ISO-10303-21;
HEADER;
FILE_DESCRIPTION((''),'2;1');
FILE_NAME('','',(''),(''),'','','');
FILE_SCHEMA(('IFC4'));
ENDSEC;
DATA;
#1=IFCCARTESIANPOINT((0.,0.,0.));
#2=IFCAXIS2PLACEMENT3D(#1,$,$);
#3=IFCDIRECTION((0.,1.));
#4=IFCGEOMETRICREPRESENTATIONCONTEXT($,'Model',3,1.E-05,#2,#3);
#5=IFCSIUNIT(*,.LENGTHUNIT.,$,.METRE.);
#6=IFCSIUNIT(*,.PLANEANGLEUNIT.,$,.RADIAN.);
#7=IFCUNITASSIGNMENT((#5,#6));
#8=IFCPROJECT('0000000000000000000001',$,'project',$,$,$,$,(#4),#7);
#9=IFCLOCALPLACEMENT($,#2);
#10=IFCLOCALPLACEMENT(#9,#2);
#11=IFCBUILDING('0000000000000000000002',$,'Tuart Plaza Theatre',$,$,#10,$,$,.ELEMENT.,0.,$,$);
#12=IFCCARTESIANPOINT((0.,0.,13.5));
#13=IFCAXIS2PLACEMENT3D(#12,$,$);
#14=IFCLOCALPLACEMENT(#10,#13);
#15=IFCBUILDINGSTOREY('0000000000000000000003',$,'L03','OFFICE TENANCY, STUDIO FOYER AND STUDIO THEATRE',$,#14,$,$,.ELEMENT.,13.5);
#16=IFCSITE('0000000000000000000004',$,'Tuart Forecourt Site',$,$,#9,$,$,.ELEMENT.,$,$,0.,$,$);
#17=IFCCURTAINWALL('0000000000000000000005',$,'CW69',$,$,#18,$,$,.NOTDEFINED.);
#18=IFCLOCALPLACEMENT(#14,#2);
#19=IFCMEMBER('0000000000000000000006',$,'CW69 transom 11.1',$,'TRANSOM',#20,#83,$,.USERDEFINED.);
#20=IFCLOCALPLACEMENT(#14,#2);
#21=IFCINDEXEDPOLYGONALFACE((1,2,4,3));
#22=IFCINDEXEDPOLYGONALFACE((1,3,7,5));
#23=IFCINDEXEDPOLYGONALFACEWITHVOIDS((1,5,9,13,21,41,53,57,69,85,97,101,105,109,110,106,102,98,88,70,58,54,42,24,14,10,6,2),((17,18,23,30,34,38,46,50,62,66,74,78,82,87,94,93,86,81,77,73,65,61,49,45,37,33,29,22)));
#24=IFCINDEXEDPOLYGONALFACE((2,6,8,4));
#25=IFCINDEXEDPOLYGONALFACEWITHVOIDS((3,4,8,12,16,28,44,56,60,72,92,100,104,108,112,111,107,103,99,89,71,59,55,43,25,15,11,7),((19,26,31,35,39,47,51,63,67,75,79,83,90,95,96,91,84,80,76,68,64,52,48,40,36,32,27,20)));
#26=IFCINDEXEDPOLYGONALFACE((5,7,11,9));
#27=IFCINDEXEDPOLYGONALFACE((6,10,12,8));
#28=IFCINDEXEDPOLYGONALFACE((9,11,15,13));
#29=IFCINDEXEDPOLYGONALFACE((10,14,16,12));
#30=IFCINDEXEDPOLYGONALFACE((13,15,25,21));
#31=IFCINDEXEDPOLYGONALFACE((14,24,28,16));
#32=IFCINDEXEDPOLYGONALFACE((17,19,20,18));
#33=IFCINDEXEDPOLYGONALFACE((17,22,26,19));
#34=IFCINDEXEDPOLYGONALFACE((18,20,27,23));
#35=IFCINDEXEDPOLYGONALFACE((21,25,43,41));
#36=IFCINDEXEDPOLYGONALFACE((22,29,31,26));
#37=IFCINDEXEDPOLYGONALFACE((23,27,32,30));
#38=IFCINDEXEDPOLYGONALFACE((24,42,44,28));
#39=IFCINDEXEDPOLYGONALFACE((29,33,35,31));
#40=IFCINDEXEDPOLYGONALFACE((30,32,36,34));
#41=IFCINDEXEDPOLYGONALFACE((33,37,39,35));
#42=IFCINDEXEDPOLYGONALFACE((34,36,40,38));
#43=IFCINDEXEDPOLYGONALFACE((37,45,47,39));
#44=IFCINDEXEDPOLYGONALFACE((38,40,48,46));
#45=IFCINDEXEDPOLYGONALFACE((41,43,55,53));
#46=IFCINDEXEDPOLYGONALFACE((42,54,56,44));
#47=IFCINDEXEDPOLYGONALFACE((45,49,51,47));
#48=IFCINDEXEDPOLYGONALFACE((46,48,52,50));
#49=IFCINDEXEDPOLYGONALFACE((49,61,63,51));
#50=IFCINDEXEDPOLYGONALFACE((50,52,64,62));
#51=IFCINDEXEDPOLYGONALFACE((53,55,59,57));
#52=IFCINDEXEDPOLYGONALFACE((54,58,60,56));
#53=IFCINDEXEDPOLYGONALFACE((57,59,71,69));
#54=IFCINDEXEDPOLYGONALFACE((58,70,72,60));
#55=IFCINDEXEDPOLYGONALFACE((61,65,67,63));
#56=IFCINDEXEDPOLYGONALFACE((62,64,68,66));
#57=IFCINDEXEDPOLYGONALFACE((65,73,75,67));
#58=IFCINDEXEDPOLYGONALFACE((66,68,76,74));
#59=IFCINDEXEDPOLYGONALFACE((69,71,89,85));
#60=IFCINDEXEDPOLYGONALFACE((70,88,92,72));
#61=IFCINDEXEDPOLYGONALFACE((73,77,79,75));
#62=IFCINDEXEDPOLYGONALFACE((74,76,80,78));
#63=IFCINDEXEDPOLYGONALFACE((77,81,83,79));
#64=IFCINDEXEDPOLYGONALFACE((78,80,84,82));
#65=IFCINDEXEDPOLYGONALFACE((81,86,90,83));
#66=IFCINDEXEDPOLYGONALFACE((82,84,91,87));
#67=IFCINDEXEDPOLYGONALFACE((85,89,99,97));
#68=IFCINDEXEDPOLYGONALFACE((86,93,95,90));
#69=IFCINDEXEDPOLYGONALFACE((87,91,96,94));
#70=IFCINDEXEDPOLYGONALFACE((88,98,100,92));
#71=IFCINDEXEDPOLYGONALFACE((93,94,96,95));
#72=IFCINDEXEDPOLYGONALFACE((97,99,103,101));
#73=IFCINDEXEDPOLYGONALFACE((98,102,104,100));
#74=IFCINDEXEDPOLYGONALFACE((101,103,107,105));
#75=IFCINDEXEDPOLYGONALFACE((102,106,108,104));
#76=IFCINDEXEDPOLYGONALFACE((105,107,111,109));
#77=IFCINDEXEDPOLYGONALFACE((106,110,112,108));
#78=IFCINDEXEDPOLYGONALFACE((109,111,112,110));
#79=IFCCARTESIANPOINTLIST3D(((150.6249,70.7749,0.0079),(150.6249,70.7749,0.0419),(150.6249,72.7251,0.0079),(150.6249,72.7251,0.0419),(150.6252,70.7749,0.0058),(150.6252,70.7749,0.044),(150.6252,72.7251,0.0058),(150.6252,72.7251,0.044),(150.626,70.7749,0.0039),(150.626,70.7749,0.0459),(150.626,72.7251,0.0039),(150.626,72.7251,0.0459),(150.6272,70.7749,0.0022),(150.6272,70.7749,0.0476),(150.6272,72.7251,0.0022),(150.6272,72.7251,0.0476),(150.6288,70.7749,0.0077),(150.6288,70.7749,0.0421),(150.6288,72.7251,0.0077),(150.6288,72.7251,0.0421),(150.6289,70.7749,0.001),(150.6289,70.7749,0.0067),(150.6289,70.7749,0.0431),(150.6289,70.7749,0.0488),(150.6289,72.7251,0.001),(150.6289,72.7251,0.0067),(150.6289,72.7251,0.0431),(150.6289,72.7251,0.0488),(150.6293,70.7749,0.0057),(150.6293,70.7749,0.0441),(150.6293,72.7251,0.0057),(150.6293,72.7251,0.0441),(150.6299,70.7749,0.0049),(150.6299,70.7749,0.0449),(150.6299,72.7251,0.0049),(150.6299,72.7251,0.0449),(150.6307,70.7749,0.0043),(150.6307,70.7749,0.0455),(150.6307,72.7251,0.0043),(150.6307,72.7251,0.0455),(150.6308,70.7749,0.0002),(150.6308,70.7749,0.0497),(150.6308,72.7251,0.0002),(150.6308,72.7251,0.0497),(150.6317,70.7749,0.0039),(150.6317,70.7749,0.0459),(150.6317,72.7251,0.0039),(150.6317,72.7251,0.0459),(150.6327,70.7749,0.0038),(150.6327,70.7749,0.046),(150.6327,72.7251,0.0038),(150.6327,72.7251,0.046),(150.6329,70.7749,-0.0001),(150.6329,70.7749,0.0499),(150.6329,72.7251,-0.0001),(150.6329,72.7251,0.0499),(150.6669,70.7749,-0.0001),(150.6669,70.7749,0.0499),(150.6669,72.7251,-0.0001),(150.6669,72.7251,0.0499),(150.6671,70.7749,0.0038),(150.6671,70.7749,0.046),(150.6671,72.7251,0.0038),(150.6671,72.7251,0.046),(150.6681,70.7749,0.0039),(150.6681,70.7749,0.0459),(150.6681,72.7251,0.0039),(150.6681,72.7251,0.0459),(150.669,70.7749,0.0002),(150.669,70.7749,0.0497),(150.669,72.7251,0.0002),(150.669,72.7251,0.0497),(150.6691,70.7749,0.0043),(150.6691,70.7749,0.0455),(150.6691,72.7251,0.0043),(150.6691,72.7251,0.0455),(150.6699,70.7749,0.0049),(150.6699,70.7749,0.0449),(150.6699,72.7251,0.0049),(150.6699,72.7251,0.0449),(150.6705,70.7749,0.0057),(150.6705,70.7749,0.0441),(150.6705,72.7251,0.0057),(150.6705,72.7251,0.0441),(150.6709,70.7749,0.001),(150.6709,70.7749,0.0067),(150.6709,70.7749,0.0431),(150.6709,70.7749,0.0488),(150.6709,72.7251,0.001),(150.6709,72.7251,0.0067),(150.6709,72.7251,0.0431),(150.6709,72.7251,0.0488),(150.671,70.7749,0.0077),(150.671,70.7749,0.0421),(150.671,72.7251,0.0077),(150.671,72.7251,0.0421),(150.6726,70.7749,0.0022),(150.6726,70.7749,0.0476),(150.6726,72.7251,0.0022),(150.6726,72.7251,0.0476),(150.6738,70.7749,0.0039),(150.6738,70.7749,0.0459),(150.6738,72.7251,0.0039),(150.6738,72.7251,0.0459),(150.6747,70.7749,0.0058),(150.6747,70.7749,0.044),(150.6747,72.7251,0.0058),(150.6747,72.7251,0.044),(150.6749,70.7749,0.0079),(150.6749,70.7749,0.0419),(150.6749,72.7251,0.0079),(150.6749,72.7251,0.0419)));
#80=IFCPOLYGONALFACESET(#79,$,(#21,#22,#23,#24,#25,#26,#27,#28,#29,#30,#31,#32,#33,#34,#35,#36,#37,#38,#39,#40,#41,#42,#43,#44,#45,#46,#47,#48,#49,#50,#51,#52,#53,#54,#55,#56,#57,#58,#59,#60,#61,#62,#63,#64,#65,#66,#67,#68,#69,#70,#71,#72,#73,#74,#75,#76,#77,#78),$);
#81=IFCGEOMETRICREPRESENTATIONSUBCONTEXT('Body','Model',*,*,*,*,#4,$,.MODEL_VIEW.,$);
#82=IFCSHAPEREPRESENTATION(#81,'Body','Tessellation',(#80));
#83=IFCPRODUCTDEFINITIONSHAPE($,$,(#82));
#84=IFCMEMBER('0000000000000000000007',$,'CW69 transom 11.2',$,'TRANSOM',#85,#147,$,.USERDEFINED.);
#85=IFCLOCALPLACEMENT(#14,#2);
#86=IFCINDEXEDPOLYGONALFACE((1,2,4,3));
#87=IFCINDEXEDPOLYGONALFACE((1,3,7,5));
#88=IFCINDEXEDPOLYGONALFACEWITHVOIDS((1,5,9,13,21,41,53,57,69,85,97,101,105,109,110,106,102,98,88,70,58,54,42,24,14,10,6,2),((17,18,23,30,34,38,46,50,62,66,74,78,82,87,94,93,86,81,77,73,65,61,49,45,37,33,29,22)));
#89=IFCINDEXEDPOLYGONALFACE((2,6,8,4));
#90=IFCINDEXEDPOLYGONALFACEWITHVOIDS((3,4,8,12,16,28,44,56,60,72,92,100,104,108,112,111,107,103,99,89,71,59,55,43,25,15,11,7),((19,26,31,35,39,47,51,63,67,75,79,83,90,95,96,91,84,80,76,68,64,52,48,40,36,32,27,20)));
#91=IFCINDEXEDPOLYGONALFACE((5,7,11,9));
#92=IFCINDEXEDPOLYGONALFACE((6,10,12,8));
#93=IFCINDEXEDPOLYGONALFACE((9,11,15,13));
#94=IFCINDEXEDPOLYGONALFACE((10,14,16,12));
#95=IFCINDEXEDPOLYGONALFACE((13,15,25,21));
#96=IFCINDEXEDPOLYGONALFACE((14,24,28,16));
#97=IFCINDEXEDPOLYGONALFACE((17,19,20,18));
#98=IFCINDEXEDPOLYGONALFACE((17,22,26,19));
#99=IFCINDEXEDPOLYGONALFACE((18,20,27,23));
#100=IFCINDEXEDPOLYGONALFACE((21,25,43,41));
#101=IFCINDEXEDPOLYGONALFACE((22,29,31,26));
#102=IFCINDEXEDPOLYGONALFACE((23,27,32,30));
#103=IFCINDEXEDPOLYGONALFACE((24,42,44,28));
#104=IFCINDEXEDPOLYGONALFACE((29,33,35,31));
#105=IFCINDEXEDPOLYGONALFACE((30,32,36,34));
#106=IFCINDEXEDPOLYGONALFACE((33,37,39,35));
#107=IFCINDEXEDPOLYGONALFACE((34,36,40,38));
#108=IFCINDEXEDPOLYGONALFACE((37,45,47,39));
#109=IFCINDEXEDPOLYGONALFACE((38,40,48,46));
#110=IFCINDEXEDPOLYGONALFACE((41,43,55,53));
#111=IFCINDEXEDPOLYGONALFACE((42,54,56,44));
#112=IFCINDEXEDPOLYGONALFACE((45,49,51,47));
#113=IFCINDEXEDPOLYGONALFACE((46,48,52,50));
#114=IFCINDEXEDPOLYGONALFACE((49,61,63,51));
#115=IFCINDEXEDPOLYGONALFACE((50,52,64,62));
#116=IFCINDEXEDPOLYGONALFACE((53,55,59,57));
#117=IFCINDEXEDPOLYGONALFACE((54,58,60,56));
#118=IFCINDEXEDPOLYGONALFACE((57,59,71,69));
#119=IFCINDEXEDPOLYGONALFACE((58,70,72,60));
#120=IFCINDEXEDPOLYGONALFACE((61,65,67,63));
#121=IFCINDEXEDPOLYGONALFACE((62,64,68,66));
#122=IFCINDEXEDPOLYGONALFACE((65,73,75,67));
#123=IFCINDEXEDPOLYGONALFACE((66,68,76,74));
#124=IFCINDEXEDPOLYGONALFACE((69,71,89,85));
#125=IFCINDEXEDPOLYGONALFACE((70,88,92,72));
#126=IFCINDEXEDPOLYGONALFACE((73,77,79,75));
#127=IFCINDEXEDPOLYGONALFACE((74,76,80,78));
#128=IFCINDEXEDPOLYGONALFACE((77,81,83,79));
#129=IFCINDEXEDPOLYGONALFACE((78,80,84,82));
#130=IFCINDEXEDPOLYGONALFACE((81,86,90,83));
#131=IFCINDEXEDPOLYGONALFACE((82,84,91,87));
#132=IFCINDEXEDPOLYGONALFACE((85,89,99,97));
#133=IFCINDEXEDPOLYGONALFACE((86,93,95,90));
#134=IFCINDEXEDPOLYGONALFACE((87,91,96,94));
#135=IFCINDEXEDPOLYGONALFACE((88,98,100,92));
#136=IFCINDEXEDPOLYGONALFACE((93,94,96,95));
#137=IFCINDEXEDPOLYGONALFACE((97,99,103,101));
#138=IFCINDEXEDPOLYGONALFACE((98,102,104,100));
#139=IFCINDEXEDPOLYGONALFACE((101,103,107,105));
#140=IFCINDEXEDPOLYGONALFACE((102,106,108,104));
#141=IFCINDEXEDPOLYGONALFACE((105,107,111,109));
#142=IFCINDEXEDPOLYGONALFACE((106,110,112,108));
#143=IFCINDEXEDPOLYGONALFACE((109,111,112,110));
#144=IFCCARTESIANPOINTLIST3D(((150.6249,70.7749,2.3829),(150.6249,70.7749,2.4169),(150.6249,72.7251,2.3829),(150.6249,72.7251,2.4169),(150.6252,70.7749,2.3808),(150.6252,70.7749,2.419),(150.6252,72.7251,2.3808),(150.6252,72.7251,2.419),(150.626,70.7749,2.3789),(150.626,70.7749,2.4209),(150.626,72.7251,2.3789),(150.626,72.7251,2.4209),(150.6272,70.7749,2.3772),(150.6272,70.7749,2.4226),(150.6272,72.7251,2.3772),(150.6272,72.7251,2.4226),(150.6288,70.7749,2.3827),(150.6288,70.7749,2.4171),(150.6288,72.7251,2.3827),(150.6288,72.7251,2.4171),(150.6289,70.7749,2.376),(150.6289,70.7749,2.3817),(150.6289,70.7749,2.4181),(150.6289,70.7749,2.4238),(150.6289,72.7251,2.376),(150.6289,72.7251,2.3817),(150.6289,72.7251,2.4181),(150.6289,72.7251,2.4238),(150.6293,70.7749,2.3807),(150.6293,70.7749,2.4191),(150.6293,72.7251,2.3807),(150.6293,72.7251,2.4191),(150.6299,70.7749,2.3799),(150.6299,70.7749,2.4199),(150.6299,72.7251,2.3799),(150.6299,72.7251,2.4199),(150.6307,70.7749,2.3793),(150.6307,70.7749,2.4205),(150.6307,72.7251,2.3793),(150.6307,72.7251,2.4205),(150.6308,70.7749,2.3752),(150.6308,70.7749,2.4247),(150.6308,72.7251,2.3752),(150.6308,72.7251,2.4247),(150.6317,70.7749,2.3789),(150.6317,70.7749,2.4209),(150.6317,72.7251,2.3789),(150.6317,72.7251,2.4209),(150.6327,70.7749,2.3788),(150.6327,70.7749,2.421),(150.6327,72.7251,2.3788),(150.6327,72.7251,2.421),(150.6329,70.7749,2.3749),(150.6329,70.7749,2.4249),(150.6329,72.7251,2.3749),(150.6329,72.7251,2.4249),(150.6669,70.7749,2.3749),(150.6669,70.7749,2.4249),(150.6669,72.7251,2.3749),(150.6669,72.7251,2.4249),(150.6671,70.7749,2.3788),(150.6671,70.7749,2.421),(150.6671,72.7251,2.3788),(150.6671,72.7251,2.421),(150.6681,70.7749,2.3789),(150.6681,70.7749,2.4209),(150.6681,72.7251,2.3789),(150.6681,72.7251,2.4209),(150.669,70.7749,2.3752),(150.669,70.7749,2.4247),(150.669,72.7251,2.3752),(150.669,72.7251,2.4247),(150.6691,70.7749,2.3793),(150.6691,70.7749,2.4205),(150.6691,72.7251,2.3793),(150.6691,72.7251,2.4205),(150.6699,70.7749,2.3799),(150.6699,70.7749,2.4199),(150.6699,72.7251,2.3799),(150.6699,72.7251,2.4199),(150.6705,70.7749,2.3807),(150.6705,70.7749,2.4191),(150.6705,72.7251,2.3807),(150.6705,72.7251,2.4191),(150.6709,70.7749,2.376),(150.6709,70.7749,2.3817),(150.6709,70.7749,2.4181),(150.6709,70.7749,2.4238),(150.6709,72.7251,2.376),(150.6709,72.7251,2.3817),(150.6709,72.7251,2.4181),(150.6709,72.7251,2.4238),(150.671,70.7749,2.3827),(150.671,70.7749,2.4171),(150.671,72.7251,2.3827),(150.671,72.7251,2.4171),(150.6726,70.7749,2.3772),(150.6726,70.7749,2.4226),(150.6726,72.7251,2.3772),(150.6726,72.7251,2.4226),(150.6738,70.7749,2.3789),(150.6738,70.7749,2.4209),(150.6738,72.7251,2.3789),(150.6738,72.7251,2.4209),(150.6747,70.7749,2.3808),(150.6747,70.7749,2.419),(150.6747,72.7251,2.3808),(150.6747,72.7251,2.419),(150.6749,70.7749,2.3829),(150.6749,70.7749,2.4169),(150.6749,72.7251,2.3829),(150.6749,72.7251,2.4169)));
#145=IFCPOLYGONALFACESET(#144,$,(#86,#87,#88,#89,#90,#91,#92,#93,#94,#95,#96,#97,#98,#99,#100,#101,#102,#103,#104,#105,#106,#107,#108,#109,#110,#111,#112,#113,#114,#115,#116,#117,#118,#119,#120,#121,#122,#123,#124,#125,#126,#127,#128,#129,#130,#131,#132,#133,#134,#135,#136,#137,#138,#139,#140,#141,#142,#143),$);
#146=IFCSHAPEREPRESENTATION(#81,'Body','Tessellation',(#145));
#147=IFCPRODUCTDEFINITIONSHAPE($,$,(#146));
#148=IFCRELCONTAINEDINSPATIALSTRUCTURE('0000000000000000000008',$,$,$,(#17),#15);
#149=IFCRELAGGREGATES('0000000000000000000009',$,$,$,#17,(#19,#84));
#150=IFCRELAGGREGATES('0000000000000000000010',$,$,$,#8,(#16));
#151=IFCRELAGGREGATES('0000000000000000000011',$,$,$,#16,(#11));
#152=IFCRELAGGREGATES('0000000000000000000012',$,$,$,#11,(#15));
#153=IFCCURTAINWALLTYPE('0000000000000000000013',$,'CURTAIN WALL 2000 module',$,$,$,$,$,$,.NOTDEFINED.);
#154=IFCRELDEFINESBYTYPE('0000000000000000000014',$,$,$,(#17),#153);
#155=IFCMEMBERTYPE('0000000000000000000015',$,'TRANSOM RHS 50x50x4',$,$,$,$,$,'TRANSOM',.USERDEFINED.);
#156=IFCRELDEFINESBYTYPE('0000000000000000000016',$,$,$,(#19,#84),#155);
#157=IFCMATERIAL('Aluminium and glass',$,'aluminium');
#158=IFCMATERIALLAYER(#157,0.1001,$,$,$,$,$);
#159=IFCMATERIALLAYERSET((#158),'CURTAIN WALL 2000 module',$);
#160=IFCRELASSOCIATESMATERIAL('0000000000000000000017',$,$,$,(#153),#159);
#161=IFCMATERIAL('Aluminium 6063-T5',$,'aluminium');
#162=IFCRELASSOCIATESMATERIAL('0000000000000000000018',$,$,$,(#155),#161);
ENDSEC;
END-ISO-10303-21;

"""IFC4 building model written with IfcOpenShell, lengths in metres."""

from ifc_helpers import new_model, si_unit, direction, frame, origin, origin_2d, place, context, subcontext, project, spatial, hollow_rectangle, extrude, material, layer, layer_set, material_profile, profile_set, type_object, element, aggregate, save


model = new_model("IFC4")

# Units and contexts
model_context = context("Model", 3, precision=1e-05, world=origin(), true_north=direction((0.0, 1.0)))
body_context = subcontext(model_context, "Body", "Model", "MODEL_VIEW")
ifc_project = project(units=[si_unit("LENGTHUNIT", "METRE"), si_unit("PLANEANGLEUNIT", "RADIAN")], contexts=[model_context])

# Site, building, storey
site_placement = place(None, origin())
site = spatial("IfcSite", under=ifc_project, at=site_placement, Name="Tuart Forecourt Site", CompositionType="ELEMENT", RefElevation=0.0)
building_placement = place(site_placement, origin())
building = spatial("IfcBuilding", under=site, at=building_placement, Name="Tuart Plaza Theatre", CompositionType="ELEMENT", ElevationOfRefHeight=0.0)
storey_placement = place(building_placement, frame((0.0, 0.0, 13.5)))
storey = spatial("IfcBuildingStorey", under=building, at=storey_placement, Name="L03", Description="OFFICE TENANCY, STUDIO FOYER AND STUDIO THEATRE", CompositionType="ELEMENT", Elevation=13.5)

# Curtain wall, members
ifc_material_1 = material(Name="Aluminium and glass", Category="aluminium")
ifc_layer_1 = layer(ifc_material_1, 0.1001)
ifc_layer_set_1 = layer_set([ifc_layer_1], Name="CURTAIN WALL 2000 module")
curtain_wall_type = type_object("IfcCurtainWallType", Name="CURTAIN WALL 2000 module", PredefinedType="NOTDEFINED", material=ifc_layer_set_1)
curtain_wall_placement = place(storey_placement, origin())
curtain_wall = element("IfcCurtainWall", 1, at=curtain_wall_placement, inside=storey, type_object=curtain_wall_type, Name="CW69", PredefinedType="NOTDEFINED")
ifc_material_2 = material(Name="Aluminium 6063-T5", Category="aluminium")
ifc_material_profile_1 = material_profile(ifc_material_2, hollow_rectangle(XDim=0.05, YDim=0.05, WallThickness=0.0039, InnerFilletRadius=0.0039, OuterFilletRadius=0.0081, at=origin_2d()), Name="RHS 50x50x4")
ifc_profile_set_1 = profile_set([ifc_material_profile_1], Name="Aluminium 6063-T5")
member_type_1 = type_object("IfcMemberType", Name="TRANSOM RHS 50x50x4", ElementType="TRANSOM", PredefinedType="USERDEFINED", material=ifc_profile_set_1)
member_1_placement = place(storey_placement, frame((150.6499, 70.7749, 0.0249), z_axis=(0.0, 1.0, 0.0), x_axis=(-1.0, 0.0, 0.0)))
member_1 = element("IfcMember", 2, at=member_1_placement, type_object=member_type_1, Name="CW69 transom 11.1", ObjectType="TRANSOM", PredefinedType="USERDEFINED", context=body_context, shape_type="SweptSolid", body=[
    extrude(hollow_rectangle(XDim=0.05, YDim=0.05, WallThickness=0.0039, InnerFilletRadius=0.0039, OuterFilletRadius=0.0081, at=origin_2d()), origin(), (0.0, 0.0, 1.0), 1.9502),
])
member_2_placement = place(storey_placement, frame((150.6499, 70.7749, 2.3999), z_axis=(0.0, 1.0, 0.0), x_axis=(-1.0, 0.0, 0.0)))
member_2 = element("IfcMember", 3, at=member_2_placement, type_object=member_type_1, Name="CW69 transom 11.2", ObjectType="TRANSOM", PredefinedType="USERDEFINED", context=body_context, shape_type="SweptSolid", body=[
    extrude(hollow_rectangle(XDim=0.05, YDim=0.05, WallThickness=0.0039, InnerFilletRadius=0.0039, OuterFilletRadius=0.0081, at=origin_2d()), origin(), (0.0, 0.0, 1.0), 1.9502),
])
aggregate(curtain_wall, [member_1, member_2])

save(model, "model.ifc")
